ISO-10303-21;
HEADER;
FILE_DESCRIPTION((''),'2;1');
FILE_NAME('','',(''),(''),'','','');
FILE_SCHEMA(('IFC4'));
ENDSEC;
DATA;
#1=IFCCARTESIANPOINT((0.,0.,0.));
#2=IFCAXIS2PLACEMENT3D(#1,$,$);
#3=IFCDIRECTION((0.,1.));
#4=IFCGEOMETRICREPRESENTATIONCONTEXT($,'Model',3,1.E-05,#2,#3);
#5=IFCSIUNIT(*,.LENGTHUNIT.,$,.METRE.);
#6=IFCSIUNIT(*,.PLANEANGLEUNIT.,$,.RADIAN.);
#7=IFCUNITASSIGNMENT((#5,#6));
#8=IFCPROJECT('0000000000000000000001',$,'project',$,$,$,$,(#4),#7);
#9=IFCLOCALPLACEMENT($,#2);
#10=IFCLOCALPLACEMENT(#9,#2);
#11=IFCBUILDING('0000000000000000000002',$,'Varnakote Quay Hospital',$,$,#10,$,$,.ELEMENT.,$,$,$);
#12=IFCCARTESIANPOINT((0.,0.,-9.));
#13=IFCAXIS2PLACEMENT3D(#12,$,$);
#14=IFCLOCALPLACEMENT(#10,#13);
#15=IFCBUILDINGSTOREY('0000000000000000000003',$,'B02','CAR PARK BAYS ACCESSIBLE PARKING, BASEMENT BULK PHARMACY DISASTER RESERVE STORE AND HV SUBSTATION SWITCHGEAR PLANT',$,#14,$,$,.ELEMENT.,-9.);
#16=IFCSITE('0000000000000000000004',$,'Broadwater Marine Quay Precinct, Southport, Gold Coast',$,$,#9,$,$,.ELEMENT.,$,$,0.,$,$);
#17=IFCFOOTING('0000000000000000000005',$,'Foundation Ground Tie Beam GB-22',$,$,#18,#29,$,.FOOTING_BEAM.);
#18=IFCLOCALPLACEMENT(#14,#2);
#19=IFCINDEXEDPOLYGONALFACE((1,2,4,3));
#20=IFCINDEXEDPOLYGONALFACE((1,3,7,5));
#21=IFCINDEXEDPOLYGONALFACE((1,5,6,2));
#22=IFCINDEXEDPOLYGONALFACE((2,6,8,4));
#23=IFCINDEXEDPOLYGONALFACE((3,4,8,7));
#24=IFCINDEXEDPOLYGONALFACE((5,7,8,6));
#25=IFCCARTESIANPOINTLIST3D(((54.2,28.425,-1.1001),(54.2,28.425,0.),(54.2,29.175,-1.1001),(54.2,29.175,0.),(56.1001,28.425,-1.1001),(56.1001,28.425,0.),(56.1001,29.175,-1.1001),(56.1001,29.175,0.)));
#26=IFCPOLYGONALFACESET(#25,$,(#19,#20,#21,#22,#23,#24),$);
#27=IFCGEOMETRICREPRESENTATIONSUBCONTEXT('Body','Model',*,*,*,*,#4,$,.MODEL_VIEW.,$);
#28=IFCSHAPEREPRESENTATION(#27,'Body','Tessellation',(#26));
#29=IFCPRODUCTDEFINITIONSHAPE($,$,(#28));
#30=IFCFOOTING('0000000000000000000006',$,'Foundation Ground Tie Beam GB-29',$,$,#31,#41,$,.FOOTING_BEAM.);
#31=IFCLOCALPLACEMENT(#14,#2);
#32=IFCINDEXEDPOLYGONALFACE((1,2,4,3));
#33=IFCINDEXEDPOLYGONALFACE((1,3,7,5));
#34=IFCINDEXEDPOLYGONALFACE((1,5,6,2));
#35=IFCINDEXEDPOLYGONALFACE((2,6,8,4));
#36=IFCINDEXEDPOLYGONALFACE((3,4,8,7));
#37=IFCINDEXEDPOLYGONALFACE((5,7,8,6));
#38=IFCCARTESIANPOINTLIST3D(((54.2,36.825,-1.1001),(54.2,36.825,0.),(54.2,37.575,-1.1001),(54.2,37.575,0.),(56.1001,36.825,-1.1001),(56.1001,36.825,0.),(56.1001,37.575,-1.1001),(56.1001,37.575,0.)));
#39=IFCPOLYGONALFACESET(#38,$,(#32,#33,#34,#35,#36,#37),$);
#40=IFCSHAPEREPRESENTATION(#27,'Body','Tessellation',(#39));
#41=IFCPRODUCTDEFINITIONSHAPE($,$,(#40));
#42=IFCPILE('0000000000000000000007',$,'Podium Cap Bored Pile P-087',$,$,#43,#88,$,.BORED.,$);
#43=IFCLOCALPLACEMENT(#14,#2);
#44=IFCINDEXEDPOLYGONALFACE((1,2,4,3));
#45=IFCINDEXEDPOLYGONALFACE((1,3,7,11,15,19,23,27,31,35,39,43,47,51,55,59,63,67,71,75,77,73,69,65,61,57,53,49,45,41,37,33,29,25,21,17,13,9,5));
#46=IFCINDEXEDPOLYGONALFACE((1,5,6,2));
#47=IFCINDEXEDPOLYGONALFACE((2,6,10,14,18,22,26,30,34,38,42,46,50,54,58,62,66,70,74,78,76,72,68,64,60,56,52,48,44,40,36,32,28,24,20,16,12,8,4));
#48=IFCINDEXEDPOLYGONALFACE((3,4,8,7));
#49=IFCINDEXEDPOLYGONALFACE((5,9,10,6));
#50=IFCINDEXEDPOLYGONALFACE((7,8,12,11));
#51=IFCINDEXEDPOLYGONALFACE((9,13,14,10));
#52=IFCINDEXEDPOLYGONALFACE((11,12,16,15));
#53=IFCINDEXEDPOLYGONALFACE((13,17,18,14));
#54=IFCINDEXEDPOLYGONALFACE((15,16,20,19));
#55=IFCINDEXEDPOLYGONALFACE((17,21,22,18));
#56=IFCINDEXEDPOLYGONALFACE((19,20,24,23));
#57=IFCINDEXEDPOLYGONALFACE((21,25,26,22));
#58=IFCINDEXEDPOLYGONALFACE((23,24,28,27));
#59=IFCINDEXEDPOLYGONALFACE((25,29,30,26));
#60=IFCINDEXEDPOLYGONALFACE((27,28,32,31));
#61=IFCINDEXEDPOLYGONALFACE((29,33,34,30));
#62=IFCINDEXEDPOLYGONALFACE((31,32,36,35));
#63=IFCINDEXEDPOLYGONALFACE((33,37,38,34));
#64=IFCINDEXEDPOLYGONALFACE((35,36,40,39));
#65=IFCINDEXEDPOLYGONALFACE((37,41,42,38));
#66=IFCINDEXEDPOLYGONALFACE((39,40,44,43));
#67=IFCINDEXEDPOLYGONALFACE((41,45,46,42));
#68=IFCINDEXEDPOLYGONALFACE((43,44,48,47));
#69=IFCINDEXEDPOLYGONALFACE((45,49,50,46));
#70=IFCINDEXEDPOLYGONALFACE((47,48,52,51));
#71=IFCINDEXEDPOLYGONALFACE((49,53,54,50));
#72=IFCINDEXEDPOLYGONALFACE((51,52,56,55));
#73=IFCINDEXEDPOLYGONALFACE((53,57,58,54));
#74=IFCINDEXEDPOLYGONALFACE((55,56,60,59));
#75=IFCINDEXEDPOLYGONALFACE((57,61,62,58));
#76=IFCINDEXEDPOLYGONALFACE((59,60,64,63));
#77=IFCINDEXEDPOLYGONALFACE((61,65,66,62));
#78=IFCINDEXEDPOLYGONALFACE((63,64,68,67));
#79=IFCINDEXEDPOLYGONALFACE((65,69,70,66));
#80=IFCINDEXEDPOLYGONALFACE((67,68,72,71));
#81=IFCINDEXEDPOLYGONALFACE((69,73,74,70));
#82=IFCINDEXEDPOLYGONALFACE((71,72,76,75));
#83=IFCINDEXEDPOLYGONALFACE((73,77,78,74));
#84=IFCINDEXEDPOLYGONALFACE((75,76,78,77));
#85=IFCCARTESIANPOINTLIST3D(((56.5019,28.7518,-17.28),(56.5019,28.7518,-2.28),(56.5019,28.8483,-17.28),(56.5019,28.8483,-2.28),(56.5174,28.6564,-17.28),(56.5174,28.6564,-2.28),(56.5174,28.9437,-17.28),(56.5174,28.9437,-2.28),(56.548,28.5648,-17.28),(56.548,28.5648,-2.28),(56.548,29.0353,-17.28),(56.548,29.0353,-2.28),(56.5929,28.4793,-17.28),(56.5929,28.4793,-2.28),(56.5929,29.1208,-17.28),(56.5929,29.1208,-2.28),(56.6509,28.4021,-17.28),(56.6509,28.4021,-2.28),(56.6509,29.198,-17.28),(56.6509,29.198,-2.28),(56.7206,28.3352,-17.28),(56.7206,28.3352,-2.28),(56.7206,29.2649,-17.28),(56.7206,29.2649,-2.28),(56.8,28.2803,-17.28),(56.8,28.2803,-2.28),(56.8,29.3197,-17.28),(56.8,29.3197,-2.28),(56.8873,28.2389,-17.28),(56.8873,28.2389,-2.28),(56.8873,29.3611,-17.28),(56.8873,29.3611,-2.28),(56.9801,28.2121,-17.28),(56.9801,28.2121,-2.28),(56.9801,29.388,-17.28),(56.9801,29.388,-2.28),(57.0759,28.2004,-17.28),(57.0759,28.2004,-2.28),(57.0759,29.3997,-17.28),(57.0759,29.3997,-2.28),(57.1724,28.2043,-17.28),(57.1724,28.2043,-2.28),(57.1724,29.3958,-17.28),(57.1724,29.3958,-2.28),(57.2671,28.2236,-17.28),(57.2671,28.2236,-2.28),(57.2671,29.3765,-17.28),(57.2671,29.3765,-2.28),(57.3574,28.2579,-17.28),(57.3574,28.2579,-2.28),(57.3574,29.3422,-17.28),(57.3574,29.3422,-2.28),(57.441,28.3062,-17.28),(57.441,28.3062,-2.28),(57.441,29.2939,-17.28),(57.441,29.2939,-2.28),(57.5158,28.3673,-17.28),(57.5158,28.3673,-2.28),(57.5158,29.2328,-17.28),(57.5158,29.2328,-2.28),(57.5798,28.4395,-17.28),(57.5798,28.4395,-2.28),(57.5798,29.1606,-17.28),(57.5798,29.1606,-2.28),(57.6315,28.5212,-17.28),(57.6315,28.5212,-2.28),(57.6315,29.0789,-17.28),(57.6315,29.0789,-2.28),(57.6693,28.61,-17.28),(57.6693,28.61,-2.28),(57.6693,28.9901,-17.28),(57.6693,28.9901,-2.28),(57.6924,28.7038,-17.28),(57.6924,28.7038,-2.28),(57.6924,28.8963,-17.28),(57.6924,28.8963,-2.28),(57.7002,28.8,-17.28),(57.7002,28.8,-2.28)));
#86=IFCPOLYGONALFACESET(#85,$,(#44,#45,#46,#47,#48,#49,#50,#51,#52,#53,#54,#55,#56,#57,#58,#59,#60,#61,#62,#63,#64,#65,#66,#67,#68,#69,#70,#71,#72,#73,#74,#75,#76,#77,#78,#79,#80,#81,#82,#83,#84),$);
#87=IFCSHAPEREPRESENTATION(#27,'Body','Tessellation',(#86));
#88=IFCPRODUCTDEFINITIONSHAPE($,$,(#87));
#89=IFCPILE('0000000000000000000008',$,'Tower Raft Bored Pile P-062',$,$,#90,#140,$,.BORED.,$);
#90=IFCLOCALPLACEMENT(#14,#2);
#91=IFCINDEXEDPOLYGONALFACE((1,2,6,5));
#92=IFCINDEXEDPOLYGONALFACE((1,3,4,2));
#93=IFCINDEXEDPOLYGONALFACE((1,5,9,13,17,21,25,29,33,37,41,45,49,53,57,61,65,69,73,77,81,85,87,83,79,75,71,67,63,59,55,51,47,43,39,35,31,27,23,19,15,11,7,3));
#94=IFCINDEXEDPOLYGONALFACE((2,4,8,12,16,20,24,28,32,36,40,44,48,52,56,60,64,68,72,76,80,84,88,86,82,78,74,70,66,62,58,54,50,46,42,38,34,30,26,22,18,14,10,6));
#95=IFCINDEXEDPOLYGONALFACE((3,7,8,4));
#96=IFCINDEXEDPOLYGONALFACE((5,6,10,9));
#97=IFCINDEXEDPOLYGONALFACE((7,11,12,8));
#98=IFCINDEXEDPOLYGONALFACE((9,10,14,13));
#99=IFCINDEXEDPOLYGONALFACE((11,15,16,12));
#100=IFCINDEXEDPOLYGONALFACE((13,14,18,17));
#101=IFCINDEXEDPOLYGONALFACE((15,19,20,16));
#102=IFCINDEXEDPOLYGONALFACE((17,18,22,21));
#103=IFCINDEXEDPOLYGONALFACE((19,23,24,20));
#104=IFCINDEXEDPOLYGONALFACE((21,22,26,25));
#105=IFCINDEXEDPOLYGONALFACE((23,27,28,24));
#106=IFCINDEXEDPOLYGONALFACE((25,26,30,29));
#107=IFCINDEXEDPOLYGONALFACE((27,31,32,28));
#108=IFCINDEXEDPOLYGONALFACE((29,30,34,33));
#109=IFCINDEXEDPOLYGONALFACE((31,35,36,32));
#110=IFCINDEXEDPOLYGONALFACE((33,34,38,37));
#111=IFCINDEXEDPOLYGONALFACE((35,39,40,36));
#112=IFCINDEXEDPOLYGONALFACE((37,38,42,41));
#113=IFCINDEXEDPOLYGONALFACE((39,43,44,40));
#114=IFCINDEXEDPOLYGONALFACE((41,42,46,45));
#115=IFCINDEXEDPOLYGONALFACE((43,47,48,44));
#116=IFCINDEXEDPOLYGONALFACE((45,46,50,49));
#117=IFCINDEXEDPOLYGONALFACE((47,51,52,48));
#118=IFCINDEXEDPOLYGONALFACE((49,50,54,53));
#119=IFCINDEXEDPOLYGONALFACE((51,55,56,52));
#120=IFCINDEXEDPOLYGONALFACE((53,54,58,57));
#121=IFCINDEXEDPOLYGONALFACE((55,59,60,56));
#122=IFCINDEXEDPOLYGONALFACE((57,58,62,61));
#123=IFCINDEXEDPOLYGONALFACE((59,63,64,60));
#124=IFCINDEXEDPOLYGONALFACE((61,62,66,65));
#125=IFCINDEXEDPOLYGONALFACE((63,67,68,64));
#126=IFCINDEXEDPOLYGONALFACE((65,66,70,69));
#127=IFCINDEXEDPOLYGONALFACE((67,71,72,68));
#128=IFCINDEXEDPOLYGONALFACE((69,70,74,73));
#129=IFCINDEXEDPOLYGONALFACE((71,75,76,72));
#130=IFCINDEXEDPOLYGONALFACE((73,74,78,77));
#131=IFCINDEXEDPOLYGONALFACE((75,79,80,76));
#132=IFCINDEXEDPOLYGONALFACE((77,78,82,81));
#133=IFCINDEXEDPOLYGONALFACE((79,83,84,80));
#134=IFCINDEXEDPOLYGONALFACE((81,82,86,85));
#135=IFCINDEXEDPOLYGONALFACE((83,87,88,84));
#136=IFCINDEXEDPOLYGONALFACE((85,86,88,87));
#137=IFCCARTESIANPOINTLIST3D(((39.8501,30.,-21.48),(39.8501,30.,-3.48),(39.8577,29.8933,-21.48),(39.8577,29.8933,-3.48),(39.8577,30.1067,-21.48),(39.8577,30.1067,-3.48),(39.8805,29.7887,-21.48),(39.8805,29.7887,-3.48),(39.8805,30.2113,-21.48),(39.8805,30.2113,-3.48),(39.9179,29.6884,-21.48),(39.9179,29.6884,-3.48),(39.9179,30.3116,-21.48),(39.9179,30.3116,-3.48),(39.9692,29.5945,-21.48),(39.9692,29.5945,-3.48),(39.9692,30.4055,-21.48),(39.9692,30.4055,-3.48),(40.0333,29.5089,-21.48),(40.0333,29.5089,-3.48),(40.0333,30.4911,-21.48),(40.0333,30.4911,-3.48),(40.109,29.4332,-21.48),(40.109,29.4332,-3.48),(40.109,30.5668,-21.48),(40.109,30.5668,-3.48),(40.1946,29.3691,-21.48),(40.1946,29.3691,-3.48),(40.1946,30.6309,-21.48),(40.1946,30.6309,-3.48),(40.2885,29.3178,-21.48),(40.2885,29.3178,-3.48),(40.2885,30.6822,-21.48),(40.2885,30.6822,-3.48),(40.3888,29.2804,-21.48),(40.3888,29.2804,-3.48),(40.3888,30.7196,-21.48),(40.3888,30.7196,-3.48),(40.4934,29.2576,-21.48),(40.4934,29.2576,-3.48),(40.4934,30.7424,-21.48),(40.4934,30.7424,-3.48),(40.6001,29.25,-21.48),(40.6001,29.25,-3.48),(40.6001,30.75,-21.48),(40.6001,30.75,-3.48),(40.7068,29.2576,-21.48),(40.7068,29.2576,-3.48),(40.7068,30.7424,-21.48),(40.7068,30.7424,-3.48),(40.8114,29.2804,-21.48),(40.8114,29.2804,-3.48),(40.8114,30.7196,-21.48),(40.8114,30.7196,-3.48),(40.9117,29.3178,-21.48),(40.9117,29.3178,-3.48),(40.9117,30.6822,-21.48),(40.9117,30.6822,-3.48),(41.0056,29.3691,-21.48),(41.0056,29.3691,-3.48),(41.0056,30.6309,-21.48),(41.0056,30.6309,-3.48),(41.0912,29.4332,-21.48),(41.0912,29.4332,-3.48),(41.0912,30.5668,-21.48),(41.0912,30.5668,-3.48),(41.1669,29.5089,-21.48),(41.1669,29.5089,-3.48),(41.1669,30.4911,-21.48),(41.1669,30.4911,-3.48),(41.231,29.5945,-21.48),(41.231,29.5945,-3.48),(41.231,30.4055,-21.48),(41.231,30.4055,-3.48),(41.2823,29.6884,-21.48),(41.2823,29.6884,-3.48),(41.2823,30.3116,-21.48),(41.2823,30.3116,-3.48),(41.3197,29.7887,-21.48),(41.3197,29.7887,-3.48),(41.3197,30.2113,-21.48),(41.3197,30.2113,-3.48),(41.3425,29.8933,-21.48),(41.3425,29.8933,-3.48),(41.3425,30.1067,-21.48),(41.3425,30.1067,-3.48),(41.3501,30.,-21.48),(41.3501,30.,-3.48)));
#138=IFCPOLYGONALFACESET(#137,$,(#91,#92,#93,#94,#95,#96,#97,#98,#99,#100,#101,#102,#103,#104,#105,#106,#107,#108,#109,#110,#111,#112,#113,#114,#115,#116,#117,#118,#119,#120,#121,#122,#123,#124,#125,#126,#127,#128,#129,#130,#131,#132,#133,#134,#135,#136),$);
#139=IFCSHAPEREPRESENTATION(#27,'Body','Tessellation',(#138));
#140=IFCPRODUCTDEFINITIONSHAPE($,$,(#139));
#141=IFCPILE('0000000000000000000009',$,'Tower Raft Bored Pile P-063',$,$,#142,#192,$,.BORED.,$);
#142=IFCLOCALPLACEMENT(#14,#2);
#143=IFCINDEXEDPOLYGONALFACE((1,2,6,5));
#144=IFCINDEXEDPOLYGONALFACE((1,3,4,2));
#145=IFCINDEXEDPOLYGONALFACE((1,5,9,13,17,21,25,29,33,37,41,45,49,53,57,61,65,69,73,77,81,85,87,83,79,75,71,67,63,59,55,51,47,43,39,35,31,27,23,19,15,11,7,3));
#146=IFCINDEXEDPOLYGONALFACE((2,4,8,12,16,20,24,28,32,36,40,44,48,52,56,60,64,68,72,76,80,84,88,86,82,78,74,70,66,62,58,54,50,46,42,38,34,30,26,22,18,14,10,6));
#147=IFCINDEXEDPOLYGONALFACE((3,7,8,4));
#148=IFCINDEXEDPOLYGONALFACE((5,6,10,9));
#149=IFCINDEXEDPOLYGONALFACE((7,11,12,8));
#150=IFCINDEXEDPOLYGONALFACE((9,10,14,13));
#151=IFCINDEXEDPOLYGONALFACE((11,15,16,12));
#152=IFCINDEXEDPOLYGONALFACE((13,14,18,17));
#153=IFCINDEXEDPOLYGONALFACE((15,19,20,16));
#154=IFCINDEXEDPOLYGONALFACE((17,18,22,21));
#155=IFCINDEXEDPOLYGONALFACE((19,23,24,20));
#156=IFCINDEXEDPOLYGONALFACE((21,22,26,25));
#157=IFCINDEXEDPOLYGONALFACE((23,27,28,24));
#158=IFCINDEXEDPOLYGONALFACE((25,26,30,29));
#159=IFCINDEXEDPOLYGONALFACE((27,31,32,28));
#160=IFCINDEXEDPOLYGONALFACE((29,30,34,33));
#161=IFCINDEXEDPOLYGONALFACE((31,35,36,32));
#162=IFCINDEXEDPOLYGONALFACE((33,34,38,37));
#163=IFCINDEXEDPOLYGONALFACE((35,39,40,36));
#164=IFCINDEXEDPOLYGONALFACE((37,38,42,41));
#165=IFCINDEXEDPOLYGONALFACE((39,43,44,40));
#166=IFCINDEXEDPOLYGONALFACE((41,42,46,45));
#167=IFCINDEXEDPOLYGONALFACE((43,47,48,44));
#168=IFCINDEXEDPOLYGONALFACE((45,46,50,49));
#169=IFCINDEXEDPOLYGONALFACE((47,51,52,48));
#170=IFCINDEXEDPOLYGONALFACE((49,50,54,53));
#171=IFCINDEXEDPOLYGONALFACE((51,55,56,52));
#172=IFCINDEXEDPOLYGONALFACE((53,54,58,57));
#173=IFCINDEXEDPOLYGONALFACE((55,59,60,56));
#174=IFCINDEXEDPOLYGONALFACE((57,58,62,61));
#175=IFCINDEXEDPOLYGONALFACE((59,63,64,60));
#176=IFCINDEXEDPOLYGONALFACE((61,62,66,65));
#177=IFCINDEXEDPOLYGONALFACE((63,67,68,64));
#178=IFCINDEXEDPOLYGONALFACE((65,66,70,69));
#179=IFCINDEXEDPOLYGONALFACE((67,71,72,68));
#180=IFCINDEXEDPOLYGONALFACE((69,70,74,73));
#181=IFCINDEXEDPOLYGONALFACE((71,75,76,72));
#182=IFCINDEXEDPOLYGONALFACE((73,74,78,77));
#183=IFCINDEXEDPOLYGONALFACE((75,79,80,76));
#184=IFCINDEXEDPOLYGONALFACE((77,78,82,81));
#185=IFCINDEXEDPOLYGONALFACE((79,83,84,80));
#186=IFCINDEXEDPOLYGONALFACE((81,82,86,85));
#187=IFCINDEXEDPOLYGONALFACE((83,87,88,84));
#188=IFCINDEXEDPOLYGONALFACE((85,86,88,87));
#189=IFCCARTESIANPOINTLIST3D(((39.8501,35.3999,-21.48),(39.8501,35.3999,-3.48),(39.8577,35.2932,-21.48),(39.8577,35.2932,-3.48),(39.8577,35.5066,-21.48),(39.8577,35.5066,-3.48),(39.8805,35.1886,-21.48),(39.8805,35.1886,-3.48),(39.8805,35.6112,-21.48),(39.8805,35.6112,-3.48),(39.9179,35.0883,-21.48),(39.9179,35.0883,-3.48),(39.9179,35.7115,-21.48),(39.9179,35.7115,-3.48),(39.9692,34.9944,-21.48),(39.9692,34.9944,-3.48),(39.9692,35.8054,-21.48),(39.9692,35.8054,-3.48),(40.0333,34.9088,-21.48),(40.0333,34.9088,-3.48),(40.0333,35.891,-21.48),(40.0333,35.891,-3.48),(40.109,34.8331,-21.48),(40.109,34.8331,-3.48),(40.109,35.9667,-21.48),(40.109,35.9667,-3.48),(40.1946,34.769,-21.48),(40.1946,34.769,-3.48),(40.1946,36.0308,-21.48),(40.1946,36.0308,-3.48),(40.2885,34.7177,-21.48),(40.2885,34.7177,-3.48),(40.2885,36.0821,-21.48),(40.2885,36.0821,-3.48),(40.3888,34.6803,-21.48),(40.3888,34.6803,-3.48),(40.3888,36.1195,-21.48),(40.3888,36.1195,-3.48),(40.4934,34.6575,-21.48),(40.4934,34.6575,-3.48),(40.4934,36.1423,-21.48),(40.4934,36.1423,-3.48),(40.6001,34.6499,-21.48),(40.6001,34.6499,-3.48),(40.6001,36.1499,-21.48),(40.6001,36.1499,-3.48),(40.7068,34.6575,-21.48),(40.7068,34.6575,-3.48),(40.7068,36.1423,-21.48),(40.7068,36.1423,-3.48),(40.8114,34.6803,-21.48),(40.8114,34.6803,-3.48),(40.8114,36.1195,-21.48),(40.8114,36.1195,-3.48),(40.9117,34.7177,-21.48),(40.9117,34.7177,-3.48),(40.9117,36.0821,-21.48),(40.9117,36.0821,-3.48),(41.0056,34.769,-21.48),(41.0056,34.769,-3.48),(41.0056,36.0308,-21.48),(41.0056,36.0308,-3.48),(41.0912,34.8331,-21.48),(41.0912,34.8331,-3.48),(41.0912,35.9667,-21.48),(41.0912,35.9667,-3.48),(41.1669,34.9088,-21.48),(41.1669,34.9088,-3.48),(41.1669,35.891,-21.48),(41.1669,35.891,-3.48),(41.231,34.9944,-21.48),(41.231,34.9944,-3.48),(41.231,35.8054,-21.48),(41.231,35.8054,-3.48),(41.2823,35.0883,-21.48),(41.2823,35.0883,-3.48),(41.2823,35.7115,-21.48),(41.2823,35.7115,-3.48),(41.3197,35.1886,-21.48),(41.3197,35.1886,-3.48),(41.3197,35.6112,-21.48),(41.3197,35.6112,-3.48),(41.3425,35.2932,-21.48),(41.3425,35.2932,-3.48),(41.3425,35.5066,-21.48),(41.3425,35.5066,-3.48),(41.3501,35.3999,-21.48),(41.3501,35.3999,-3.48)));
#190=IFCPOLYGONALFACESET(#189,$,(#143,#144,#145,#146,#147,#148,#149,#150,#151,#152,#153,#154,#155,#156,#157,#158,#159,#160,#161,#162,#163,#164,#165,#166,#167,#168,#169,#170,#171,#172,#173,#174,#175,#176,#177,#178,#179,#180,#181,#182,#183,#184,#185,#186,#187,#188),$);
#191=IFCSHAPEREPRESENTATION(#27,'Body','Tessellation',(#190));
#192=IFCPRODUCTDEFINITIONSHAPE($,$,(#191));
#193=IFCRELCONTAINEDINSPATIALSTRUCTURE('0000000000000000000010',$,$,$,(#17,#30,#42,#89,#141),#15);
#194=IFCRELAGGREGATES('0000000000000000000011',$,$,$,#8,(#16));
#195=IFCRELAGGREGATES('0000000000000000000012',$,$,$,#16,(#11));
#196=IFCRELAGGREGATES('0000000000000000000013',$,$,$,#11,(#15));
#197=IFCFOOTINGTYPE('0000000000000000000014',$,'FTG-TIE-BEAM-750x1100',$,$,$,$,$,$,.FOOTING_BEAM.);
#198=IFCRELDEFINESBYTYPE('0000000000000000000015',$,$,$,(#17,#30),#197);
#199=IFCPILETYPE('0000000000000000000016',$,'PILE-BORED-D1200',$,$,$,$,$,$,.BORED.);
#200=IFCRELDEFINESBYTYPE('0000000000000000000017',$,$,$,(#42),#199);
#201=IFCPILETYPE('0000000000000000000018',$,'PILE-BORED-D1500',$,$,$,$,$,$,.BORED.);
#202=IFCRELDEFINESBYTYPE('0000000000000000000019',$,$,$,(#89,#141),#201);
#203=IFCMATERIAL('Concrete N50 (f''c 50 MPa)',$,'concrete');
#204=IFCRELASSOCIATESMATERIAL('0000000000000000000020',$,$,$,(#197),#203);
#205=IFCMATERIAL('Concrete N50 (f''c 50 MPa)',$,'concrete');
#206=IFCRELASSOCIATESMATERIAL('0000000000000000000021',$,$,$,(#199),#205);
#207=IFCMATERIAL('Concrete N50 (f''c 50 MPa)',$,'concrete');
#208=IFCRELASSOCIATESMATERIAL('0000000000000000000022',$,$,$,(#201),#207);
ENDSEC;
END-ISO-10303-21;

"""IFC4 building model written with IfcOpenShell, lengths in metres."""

from ifc_helpers import new_model, si_unit, direction, frame, origin, origin_2d, place, context, subcontext, project, spatial, rectangle, circle, extrude, material, material_profile, profile_set, type_object, element, save


model = new_model("IFC4")

# Units and contexts
model_context = context("Model", 3, precision=1e-05, world=origin(), true_north=direction((0.0, 1.0)))
body_context = subcontext(model_context, "Body", "Model", "MODEL_VIEW")
ifc_project = project(units=[si_unit("LENGTHUNIT", "METRE"), si_unit("PLANEANGLEUNIT", "RADIAN")], contexts=[model_context])

# Site, building, storey
site_placement = place(None, origin())
site = spatial("IfcSite", under=ifc_project, at=site_placement, Name="Broadwater Marine Quay Precinct, Southport, Gold Coast", CompositionType="ELEMENT", RefElevation=0.0)
building_placement = place(site_placement, origin())
building = spatial("IfcBuilding", under=site, at=building_placement, Name="Varnakote Quay Hospital", CompositionType="ELEMENT")
storey_placement = place(building_placement, frame((0.0, 0.0, -9.0)))
storey = spatial("IfcBuildingStorey", under=building, at=storey_placement, Name="B02", Description="CAR PARK BAYS ACCESSIBLE PARKING, BASEMENT BULK PHARMACY DISASTER RESERVE STORE AND HV SUBSTATION SWITCHGEAR PLANT", CompositionType="ELEMENT", Elevation=-9.0)

# Footings
ifc_material_1 = material(Name="Concrete N50 (f'c 50 MPa)", Category="concrete")
ifc_material_profile_1 = material_profile(ifc_material_1, rectangle(XDim=0.75, YDim=1.1001, at=origin_2d()), Name="RC-GB-750x1100")
ifc_profile_set_1 = profile_set([ifc_material_profile_1], Name="Concrete N50 (f'c 50 MPa)")
footing_type = type_object("IfcFootingType", Name="FTG-TIE-BEAM-750x1100", PredefinedType="FOOTING_BEAM", material=ifc_profile_set_1)
for number, where, z_axis, x_axis, name in (
    (1, (54.2, 28.8, -0.55), (1.0, 0.0, 0.0), (0.0, 1.0, 0.0), "Foundation Ground Tie Beam GB-22"),
    (2, (54.2, 37.2, -0.55), (1.0, 0.0, 0.0), (0.0, 1.0, 0.0), "Foundation Ground Tie Beam GB-29"),
):
    element("IfcFooting", number, at=place(storey_placement, frame(where, z_axis=z_axis, x_axis=x_axis)), inside=storey, type_object=footing_type, Name=name, PredefinedType="FOOTING_BEAM", context=body_context, shape_type="SweptSolid", body=[
        extrude(rectangle(XDim=0.75, YDim=1.1001, at=origin_2d()), origin(), (0.0, 0.0, 1.0), 1.9001),
    ])

# Piles
ifc_material_2 = material(Name="Concrete N50 (f'c 50 MPa)", Category="concrete")
ifc_material_profile_2 = material_profile(ifc_material_2, circle(Radius=0.6001, at=origin_2d()), Name="PILE-D1200")
ifc_profile_set_2 = profile_set([ifc_material_profile_2], Name="Concrete N50 (f'c 50 MPa)")
pile_type_1 = type_object("IfcPileType", Name="PILE-BORED-D1200", PredefinedType="BORED", material=ifc_profile_set_2)
pile_placement = place(storey_placement, frame((57.1001, 28.8, -2.28), z_axis=(0.0, 0.0, -1.0), x_axis=(1.0, 0.0, 0.0)))
element("IfcPile", 3, at=pile_placement, inside=storey, type_object=pile_type_1, Name="Podium Cap Bored Pile P-087", PredefinedType="BORED", context=body_context, shape_type="SweptSolid", body=[
    extrude(circle(Radius=0.6001, at=origin_2d()), origin(), (0.0, 0.0, 1.0), 15.0),
])
ifc_material_3 = material(Name="Concrete N50 (f'c 50 MPa)", Category="concrete")
ifc_material_profile_3 = material_profile(ifc_material_3, circle(Radius=0.75, at=origin_2d()), Name="PILE-D1500")
ifc_profile_set_3 = profile_set([ifc_material_profile_3], Name="Concrete N50 (f'c 50 MPa)")
pile_type_2 = type_object("IfcPileType", Name="PILE-BORED-D1500", PredefinedType="BORED", material=ifc_profile_set_3)
for number, where, z_axis, x_axis, name in (
    (4, (40.6001, 30.0, -3.48), (0.0, 0.0, -1.0), (1.0, 0.0, 0.0), "Tower Raft Bored Pile P-062"),
    (5, (40.6001, 35.3999, -3.48), (0.0, 0.0, -1.0), (1.0, 0.0, 0.0), "Tower Raft Bored Pile P-063"),
):
    element("IfcPile", number, at=place(storey_placement, frame(where, z_axis=z_axis, x_axis=x_axis)), inside=storey, type_object=pile_type_2, Name=name, PredefinedType="BORED", context=body_context, shape_type="SweptSolid", body=[
        extrude(circle(Radius=0.75, at=origin_2d()), origin(), (0.0, 0.0, 1.0), 18.0),
    ])

save(model, "model.ifc")
